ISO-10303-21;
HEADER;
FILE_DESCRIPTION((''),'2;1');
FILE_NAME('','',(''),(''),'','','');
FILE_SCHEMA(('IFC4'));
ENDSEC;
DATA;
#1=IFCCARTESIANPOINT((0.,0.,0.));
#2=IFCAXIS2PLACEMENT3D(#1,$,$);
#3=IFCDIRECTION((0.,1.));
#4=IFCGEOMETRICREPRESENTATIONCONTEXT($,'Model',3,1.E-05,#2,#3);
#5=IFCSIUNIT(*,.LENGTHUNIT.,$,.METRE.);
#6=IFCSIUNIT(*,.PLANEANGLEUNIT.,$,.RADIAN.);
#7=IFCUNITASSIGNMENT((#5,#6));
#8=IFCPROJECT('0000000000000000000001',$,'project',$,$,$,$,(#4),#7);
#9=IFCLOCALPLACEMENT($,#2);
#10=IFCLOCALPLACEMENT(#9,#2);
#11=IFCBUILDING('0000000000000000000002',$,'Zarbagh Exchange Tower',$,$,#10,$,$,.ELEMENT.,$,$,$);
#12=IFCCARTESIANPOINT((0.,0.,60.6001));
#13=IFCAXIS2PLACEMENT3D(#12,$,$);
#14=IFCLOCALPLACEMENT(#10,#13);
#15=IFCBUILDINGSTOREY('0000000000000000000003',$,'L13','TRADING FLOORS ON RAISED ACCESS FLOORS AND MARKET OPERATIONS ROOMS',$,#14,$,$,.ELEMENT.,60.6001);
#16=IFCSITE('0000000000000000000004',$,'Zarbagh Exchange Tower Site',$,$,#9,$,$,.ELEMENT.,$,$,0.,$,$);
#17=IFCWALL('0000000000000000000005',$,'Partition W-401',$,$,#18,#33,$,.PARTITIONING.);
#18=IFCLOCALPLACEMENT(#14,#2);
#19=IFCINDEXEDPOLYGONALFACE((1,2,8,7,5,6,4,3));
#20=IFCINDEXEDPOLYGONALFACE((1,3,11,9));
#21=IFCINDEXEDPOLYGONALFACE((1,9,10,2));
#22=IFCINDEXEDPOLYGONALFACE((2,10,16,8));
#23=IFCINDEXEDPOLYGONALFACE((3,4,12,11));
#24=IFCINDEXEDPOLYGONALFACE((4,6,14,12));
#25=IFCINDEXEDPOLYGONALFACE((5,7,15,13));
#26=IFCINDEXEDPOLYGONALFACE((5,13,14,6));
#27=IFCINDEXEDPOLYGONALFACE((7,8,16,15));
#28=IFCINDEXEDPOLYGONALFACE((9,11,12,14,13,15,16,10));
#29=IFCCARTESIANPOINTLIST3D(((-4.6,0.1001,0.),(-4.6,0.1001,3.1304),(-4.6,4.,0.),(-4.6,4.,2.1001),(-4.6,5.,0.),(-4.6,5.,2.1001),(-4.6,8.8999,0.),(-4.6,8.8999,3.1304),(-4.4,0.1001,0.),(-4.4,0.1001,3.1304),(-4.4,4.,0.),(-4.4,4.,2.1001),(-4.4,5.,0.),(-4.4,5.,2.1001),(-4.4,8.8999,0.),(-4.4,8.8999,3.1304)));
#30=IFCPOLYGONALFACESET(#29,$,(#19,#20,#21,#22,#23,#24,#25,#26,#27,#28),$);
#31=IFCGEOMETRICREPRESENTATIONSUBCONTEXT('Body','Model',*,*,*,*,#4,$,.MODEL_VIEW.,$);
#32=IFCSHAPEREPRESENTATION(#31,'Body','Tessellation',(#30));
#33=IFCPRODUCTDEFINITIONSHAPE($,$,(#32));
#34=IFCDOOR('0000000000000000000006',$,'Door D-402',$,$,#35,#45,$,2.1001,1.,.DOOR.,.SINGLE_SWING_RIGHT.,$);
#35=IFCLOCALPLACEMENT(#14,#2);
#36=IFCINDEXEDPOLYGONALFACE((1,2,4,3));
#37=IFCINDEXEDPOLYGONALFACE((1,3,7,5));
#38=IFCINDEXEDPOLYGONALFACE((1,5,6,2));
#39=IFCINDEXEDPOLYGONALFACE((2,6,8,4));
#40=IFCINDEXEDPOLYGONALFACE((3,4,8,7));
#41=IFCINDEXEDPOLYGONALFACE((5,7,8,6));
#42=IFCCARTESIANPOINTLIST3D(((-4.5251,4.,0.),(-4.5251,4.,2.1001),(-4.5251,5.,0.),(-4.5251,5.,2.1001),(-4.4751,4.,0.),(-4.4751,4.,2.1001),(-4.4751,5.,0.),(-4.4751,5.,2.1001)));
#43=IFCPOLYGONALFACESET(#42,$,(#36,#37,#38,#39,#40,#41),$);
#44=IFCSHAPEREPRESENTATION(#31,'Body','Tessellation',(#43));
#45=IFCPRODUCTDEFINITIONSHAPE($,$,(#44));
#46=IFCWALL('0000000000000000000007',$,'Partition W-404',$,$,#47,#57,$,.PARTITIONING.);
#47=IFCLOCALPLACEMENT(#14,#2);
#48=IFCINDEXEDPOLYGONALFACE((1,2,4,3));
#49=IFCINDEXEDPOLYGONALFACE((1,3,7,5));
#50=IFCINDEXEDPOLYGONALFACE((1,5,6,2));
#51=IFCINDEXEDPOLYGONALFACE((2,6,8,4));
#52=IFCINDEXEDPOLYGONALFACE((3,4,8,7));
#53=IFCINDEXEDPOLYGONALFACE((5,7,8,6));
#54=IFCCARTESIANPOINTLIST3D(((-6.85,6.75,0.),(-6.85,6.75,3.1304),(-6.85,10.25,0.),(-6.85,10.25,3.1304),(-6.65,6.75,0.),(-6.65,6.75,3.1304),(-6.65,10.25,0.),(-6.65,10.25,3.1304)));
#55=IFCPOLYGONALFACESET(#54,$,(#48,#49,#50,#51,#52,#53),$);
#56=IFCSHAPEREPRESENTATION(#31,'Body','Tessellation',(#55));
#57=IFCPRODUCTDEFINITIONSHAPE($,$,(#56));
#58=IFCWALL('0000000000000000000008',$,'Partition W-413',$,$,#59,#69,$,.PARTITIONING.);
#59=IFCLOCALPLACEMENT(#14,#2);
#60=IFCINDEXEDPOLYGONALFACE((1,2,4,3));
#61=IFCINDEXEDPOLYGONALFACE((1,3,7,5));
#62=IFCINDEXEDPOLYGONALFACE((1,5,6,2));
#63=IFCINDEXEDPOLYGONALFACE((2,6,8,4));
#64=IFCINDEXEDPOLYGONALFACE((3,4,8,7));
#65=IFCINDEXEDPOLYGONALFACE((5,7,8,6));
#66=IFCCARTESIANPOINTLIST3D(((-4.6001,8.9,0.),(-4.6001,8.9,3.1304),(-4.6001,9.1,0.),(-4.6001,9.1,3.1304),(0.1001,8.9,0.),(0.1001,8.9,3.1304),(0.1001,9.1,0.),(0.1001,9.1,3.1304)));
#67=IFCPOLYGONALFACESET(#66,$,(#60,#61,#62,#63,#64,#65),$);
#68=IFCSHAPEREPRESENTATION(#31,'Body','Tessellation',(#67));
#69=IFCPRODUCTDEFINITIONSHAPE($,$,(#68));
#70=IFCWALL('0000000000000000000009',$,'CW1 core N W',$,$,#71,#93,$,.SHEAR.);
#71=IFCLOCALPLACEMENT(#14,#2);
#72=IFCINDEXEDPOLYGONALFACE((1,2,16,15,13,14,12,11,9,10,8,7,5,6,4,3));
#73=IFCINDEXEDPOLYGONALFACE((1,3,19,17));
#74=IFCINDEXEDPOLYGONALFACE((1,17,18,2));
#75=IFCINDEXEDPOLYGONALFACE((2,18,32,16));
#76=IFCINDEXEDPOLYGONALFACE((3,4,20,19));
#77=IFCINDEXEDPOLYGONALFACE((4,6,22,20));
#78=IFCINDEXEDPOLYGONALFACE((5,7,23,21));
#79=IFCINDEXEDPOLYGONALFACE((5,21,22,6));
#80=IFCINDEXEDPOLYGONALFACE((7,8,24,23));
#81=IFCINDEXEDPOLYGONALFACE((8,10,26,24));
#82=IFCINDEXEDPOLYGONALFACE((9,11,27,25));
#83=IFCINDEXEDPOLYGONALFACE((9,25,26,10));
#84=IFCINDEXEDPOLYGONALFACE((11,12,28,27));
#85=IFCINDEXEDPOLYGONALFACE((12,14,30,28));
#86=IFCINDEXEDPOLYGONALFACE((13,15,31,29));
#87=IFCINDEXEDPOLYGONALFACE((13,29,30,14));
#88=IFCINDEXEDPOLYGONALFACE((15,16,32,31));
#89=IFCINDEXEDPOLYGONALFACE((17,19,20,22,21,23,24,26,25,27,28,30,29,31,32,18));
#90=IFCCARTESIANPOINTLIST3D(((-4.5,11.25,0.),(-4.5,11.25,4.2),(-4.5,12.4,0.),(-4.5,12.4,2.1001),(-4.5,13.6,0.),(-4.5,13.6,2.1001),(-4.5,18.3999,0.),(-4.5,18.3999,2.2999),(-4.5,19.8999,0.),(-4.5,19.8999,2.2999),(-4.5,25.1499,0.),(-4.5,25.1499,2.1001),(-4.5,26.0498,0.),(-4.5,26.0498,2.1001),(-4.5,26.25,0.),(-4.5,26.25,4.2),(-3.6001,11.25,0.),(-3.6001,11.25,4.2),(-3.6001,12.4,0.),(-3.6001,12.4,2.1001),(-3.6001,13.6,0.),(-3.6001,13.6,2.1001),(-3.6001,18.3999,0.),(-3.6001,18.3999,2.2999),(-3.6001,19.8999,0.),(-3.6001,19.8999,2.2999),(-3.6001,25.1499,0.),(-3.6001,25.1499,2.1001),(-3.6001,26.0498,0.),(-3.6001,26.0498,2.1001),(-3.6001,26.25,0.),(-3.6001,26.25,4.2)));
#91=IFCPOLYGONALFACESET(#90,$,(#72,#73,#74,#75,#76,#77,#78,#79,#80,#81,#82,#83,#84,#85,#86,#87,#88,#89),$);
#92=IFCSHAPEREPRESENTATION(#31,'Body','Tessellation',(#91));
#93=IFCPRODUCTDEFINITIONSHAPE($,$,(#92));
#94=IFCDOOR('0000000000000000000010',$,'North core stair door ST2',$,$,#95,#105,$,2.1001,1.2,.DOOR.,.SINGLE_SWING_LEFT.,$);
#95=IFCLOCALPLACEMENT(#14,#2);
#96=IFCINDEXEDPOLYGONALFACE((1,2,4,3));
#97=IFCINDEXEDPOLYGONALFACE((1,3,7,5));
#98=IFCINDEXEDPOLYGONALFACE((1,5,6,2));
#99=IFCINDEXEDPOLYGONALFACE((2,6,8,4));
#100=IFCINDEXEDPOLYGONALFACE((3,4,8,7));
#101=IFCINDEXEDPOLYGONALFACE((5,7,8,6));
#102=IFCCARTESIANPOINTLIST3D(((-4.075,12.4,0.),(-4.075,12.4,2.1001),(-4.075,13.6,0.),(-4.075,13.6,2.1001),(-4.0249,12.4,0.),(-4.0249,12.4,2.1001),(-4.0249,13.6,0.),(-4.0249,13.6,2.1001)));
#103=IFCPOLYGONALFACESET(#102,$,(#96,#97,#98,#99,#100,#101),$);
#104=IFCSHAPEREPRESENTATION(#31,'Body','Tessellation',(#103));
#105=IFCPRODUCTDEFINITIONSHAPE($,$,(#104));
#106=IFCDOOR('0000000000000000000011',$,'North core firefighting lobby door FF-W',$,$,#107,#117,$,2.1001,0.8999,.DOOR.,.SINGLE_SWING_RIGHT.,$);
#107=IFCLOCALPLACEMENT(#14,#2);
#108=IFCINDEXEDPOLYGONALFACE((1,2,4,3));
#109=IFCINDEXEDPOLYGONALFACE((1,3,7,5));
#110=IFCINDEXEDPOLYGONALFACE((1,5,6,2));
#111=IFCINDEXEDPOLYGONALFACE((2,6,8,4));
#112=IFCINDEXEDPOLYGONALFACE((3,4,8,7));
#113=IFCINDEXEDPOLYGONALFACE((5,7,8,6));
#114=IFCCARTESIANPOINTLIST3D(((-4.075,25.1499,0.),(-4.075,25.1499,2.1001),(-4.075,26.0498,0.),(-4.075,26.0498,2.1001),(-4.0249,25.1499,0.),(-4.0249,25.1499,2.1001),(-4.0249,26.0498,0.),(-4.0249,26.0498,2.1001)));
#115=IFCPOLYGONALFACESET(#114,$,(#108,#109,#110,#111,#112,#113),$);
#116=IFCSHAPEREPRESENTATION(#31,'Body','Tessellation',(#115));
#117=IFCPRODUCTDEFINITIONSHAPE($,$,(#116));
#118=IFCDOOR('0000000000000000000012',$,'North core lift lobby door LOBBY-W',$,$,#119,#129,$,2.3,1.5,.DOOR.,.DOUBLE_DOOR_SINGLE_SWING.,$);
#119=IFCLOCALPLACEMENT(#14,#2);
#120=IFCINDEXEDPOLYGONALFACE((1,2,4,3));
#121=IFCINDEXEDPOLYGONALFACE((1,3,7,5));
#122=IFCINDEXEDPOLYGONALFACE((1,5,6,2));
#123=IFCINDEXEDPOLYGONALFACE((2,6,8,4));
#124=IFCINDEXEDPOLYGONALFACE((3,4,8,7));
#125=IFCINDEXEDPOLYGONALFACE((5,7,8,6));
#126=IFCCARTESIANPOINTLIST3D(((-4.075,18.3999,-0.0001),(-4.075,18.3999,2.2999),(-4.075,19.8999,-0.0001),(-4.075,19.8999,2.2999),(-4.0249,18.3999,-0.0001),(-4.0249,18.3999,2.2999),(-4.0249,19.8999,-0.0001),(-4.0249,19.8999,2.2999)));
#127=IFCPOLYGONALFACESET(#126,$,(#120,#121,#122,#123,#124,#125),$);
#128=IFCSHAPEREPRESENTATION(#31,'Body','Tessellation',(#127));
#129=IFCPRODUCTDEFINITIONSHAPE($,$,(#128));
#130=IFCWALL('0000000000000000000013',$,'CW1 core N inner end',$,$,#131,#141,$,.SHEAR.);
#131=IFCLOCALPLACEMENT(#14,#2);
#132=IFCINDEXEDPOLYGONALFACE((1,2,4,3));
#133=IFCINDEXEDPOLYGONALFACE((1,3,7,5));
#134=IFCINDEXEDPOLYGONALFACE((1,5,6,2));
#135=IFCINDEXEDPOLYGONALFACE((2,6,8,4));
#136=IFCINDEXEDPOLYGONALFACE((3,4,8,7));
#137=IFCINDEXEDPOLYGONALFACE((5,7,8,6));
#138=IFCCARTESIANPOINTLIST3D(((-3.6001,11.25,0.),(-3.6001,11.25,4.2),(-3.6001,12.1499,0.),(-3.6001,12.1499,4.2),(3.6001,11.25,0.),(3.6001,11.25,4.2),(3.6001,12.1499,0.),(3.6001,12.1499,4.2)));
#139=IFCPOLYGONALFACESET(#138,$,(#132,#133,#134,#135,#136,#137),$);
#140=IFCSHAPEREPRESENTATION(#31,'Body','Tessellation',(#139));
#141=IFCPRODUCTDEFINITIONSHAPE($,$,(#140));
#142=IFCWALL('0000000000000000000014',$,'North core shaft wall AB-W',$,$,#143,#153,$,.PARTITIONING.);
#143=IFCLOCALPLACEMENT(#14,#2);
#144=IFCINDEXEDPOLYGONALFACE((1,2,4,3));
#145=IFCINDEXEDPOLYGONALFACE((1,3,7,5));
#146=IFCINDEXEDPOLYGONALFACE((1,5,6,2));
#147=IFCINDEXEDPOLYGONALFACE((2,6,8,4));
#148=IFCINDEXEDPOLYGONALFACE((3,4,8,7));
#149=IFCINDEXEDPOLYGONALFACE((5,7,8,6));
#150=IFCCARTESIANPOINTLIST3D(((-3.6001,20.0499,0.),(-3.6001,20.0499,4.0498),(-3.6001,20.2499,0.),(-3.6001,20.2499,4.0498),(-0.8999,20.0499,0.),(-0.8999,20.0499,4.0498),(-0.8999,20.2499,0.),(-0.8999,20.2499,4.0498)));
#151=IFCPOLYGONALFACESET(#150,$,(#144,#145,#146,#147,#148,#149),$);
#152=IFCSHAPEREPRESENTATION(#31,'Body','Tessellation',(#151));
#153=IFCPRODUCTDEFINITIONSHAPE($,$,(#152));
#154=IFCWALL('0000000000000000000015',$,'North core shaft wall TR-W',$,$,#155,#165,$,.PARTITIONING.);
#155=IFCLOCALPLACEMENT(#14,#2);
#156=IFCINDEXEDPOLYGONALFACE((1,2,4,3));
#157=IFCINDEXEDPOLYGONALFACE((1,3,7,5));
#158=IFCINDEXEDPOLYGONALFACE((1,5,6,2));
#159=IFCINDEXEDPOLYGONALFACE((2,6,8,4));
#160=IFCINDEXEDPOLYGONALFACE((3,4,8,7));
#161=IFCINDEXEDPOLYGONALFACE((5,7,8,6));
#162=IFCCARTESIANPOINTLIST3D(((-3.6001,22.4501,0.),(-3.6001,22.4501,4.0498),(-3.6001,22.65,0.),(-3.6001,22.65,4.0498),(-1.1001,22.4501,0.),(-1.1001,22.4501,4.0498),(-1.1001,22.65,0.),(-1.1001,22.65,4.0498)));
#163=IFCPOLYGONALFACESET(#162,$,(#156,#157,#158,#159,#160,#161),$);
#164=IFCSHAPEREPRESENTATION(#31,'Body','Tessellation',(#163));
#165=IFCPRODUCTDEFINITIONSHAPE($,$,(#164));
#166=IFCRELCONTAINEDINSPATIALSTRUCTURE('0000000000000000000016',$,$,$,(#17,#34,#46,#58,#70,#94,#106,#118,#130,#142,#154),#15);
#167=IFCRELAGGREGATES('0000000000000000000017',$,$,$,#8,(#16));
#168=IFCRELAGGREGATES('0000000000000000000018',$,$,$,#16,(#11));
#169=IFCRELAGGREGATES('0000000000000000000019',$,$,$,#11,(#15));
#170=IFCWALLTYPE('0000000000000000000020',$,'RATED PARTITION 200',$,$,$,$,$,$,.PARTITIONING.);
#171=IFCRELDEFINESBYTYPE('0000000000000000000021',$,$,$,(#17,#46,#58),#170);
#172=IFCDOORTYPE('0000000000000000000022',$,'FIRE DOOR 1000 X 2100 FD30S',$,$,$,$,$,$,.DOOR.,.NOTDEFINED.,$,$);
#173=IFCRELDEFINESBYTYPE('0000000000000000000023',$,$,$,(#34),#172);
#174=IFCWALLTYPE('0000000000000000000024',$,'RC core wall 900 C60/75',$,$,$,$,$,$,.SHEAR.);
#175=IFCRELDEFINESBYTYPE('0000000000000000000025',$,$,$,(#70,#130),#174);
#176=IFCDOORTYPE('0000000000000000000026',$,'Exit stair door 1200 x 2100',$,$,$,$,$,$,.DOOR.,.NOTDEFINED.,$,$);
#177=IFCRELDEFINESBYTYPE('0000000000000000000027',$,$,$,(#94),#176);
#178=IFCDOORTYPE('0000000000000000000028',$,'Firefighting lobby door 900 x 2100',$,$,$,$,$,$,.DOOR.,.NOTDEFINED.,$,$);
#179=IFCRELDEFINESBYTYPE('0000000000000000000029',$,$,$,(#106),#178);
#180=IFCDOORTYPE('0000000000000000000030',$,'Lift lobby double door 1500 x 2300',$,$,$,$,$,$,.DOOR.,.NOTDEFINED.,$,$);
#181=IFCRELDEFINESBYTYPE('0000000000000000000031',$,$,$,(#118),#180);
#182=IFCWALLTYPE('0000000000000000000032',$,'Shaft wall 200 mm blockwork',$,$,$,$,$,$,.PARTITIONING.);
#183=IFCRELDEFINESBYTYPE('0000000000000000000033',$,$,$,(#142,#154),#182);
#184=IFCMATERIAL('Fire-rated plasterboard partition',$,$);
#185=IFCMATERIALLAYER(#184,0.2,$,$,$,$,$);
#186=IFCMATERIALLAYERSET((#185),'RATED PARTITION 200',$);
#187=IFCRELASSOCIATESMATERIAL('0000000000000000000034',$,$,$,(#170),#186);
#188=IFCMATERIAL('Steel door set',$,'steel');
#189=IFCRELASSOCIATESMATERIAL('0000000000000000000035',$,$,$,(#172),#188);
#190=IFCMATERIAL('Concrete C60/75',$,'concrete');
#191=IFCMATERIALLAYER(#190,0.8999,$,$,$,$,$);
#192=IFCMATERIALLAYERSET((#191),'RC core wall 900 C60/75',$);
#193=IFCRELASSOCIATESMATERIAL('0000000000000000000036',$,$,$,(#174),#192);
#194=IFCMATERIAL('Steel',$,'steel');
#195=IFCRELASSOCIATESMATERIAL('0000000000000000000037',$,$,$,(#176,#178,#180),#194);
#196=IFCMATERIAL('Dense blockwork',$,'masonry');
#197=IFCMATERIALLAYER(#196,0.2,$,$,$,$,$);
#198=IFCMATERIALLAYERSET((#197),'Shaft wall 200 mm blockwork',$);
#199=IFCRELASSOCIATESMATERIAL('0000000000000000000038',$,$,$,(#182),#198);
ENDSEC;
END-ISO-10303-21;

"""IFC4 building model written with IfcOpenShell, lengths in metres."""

from ifc_helpers import new_model, si_unit, direction, frame, frame_2d, origin, place, context, subcontext, project, spatial, rectangle, extrude, material, layer, layer_set, type_object, element, fill, save


model = new_model("IFC4")

# Units and contexts
model_context = context("Model", 3, precision=1e-05, world=origin(), true_north=direction((0.0, 1.0)))
body_context = subcontext(model_context, "Body", "Model", "MODEL_VIEW")
ifc_project = project(units=[si_unit("LENGTHUNIT", "METRE"), si_unit("PLANEANGLEUNIT", "RADIAN")], contexts=[model_context])

# Site, building, storey
site_placement = place(None, origin())
site = spatial("IfcSite", under=ifc_project, at=site_placement, Name="Zarbagh Exchange Tower Site", CompositionType="ELEMENT", RefElevation=0.0)
building_placement = place(site_placement, origin())
building = spatial("IfcBuilding", under=site, at=building_placement, Name="Zarbagh Exchange Tower", CompositionType="ELEMENT")
storey_placement = place(building_placement, frame((0.0, 0.0, 60.6001)))
storey = spatial("IfcBuildingStorey", under=building, at=storey_placement, Name="L13", Description="TRADING FLOORS ON RAISED ACCESS FLOORS AND MARKET OPERATIONS ROOMS", CompositionType="ELEMENT", Elevation=60.6001)

# Shared definitions
ifc_material_1 = material(Name="Concrete C60/75", Category="concrete")

# Wall, opening, door
ifc_material_2 = material(Name="Fire-rated plasterboard partition")
ifc_layer_1 = layer(ifc_material_2, 0.2)
ifc_layer_set_1 = layer_set([ifc_layer_1], Name="RATED PARTITION 200")
wall_type_1 = type_object("IfcWallType", Name="RATED PARTITION 200", PredefinedType="PARTITIONING", material=ifc_layer_set_1)
wall_1_placement = place(storey_placement, frame((-4.5, 8.8999, 0.0), z_axis=(0.0, 0.0, 1.0), x_axis=(0.0, -1.0, 0.0)))
wall_1 = element("IfcWall", 1, at=wall_1_placement, inside=storey, type_object=wall_type_1, Name="Partition W-401", PredefinedType="PARTITIONING", context=body_context, shape_type="SweptSolid", body=[
    extrude(rectangle(XDim=8.7998, YDim=0.2, at=frame_2d((4.3999, 0.0))), origin(), (0.0, 0.0, 1.0), 3.1304),
])
opening_1_placement = place(wall_1_placement, frame((3.8999, 0.0, 0.0)))
opening_1 = element("IfcOpeningElement", 2, at=opening_1_placement, cuts=wall_1, PredefinedType="OPENING", context=body_context, shape_type="SweptSolid", body=[
    extrude(rectangle(XDim=1.0, YDim=2.1001, at=frame_2d((0.5, 1.05))), frame((0.0, 0.1099, 0.0), z_axis=(0.0, -1.0, 0.0), x_axis=(1.0, 0.0, 0.0)), (0.0, 0.0, 1.0), 0.22),
])
ifc_material_3 = material(Name="Steel door set", Category="steel")
door_type_1 = type_object("IfcDoorType", Name="FIRE DOOR 1000 X 2100 FD30S", OperationType="NOTDEFINED", PredefinedType="DOOR", material=ifc_material_3)
door_1_placement = place(opening_1_placement, origin())
door_1 = element("IfcDoor", 3, at=door_1_placement, inside=storey, type_object=door_type_1, Name="Door D-402", OperationType="SINGLE_SWING_RIGHT", OverallHeight=2.1001, OverallWidth=1.0, PredefinedType="DOOR", context=body_context, shape_type="SweptSolid", body=[
    extrude(rectangle(XDim=1.0, YDim=2.1001, at=frame_2d((0.5, 1.05))), frame((0.0, 0.0249, 0.0), z_axis=(0.0, -1.0, 0.0), x_axis=(1.0, 0.0, 0.0)), (0.0, 0.0, 1.0), 0.05),
])
fill(opening_1, door_1)

# Walls
wall_2_placement = place(storey_placement, frame((-6.75, 6.75, 0.0), z_axis=(0.0, 0.0, 1.0), x_axis=(0.0, 1.0, 0.0)))
element("IfcWall", 4, at=wall_2_placement, inside=storey, type_object=wall_type_1, Name="Partition W-404", PredefinedType="PARTITIONING", context=body_context, shape_type="SweptSolid", body=[
    extrude(rectangle(XDim=3.5, YDim=0.2, at=frame_2d((1.75, 0.0))), origin(), (0.0, 0.0, 1.0), 3.1304),
])
wall_3_placement = place(storey_placement, frame((-4.6001, 9.0, 0.0), z_axis=(0.0, 0.0, 1.0), x_axis=(1.0, 0.0, 0.0)))
element("IfcWall", 5, at=wall_3_placement, inside=storey, type_object=wall_type_1, Name="Partition W-413", PredefinedType="PARTITIONING", context=body_context, shape_type="SweptSolid", body=[
    extrude(rectangle(XDim=4.7002, YDim=0.2, at=frame_2d((2.3501, 0.0))), origin(), (0.0, 0.0, 1.0), 3.1304),
])

# Wall, openings, doors
ifc_layer_2 = layer(ifc_material_1, 0.8999)
ifc_layer_set_2 = layer_set([ifc_layer_2], Name="RC core wall 900 C60/75")
wall_type_2 = type_object("IfcWallType", Name="RC core wall 900 C60/75", PredefinedType="SHEAR", material=ifc_layer_set_2)
wall_4_placement = place(storey_placement, frame((-4.05, 11.25, 0.0), z_axis=(0.0, 0.0, 1.0), x_axis=(0.0, 1.0, 0.0)))
wall_4 = element("IfcWall", 6, at=wall_4_placement, inside=storey, type_object=wall_type_2, Name="CW1 core N W", PredefinedType="SHEAR", context=body_context, shape_type="SweptSolid", body=[
    extrude(rectangle(XDim=15.0, YDim=0.8999, at=frame_2d((7.5, 0.0))), origin(), (0.0, 0.0, 1.0), 4.2),
])
opening_2_placement = place(wall_4_placement, frame((7.1499, 0.0, 0.0)))
opening_2 = element("IfcOpeningElement", 7, at=opening_2_placement, cuts=wall_4, PredefinedType="OPENING", context=body_context, shape_type="SweptSolid", body=[
    extrude(rectangle(XDim=1.5, YDim=2.3, at=frame_2d((0.75, 1.1499))), frame((0.0, 0.46, 0.0), z_axis=(0.0, -1.0, 0.0), x_axis=(1.0, 0.0, 0.0)), (0.0, 0.0, 1.0), 0.9199),
])
opening_3_placement = place(wall_4_placement, frame((13.8999, 0.0, 0.0)))
opening_3 = element("IfcOpeningElement", 8, at=opening_3_placement, cuts=wall_4, PredefinedType="OPENING", context=body_context, shape_type="SweptSolid", body=[
    extrude(rectangle(XDim=0.8999, YDim=2.1001, at=frame_2d((0.45, 1.05))), frame((0.0, 0.46, 0.0), z_axis=(0.0, -1.0, 0.0), x_axis=(1.0, 0.0, 0.0)), (0.0, 0.0, 1.0), 0.9199),
])
opening_4_placement = place(wall_4_placement, frame((1.1499, 0.0, 0.0)))
opening_4 = element("IfcOpeningElement", 9, at=opening_4_placement, cuts=wall_4, PredefinedType="OPENING", context=body_context, shape_type="SweptSolid", body=[
    extrude(rectangle(XDim=1.2, YDim=2.1001, at=frame_2d((0.6001, 1.05))), frame((0.0, 0.46, 0.0), z_axis=(0.0, -1.0, 0.0), x_axis=(1.0, 0.0, 0.0)), (0.0, 0.0, 1.0), 0.9199),
])
ifc_material_4 = material(Name="Steel", Category="steel")
door_type_2 = type_object("IfcDoorType", Name="Exit stair door 1200 x 2100", OperationType="NOTDEFINED", PredefinedType="DOOR", material=ifc_material_4)
door_2_placement = place(opening_4_placement, origin())
door_2 = element("IfcDoor", 10, at=door_2_placement, inside=storey, type_object=door_type_2, Name="North core stair door ST2", OperationType="SINGLE_SWING_LEFT", OverallHeight=2.1001, OverallWidth=1.2, PredefinedType="DOOR", context=body_context, shape_type="SweptSolid", body=[
    extrude(rectangle(XDim=1.2, YDim=2.1001, at=frame_2d((0.6001, 1.05))), frame((0.0, 0.0249, 0.0), z_axis=(0.0, -1.0, 0.0), x_axis=(1.0, 0.0, 0.0)), (0.0, 0.0, 1.0), 0.05),
])
fill(opening_4, door_2)
door_type_3 = type_object("IfcDoorType", Name="Firefighting lobby door 900 x 2100", OperationType="NOTDEFINED", PredefinedType="DOOR", material=ifc_material_4)
door_3_placement = place(opening_3_placement, origin())
door_3 = element("IfcDoor", 11, at=door_3_placement, inside=storey, type_object=door_type_3, Name="North core firefighting lobby door FF-W", OperationType="SINGLE_SWING_RIGHT", OverallHeight=2.1001, OverallWidth=0.8999, PredefinedType="DOOR", context=body_context, shape_type="SweptSolid", body=[
    extrude(rectangle(XDim=0.8999, YDim=2.1001, at=frame_2d((0.45, 1.05))), frame((0.0, 0.0249, 0.0), z_axis=(0.0, -1.0, 0.0), x_axis=(1.0, 0.0, 0.0)), (0.0, 0.0, 1.0), 0.05),
])
fill(opening_3, door_3)
door_type_4 = type_object("IfcDoorType", Name="Lift lobby double door 1500 x 2300", OperationType="NOTDEFINED", PredefinedType="DOOR", material=ifc_material_4)
door_4_placement = place(opening_2_placement, origin())
door_4 = element("IfcDoor", 12, at=door_4_placement, inside=storey, type_object=door_type_4, Name="North core lift lobby door LOBBY-W", OperationType="DOUBLE_DOOR_SINGLE_SWING", OverallHeight=2.3, OverallWidth=1.5, PredefinedType="DOOR", context=body_context, shape_type="SweptSolid", body=[
    extrude(rectangle(XDim=1.5, YDim=2.3, at=frame_2d((0.75, 1.1499))), frame((0.0, 0.0249, 0.0), z_axis=(0.0, -1.0, 0.0), x_axis=(1.0, 0.0, 0.0)), (0.0, 0.0, 1.0), 0.05),
])
fill(opening_2, door_4)

# Walls
wall_5_placement = place(storey_placement, frame((-3.6001, 11.7, 0.0), z_axis=(0.0, 0.0, 1.0), x_axis=(1.0, 0.0, 0.0)))
element("IfcWall", 13, at=wall_5_placement, inside=storey, type_object=wall_type_2, Name="CW1 core N inner end", PredefinedType="SHEAR", context=body_context, shape_type="SweptSolid", body=[
    extrude(rectangle(XDim=7.2002, YDim=0.8999, at=frame_2d((3.6001, 0.0))), origin(), (0.0, 0.0, 1.0), 4.2),
])
ifc_material_5 = material(Name="Dense blockwork", Category="masonry")
ifc_layer_3 = layer(ifc_material_5, 0.2)
ifc_layer_set_3 = layer_set([ifc_layer_3], Name="Shaft wall 200 mm blockwork")
wall_type_3 = type_object("IfcWallType", Name="Shaft wall 200 mm blockwork", PredefinedType="PARTITIONING", material=ifc_layer_set_3)
wall_6_placement = place(storey_placement, frame((-3.6001, 20.1499, 0.0), z_axis=(0.0, 0.0, 1.0), x_axis=(1.0, 0.0, 0.0)))
element("IfcWall", 14, at=wall_6_placement, inside=storey, type_object=wall_type_3, Name="North core shaft wall AB-W", PredefinedType="PARTITIONING", context=body_context, shape_type="SweptSolid", body=[
    extrude(rectangle(XDim=2.7002, YDim=0.2, at=frame_2d((1.3501, 0.0))), origin(), (0.0, 0.0, 1.0), 4.0498),
])
wall_7_placement = place(storey_placement, frame((-3.6001, 22.55, 0.0), z_axis=(0.0, 0.0, 1.0), x_axis=(1.0, 0.0, 0.0)))
element("IfcWall", 15, at=wall_7_placement, inside=storey, type_object=wall_type_3, Name="North core shaft wall TR-W", PredefinedType="PARTITIONING", context=body_context, shape_type="SweptSolid", body=[
    extrude(rectangle(XDim=2.5, YDim=0.2, at=frame_2d((1.25, 0.0))), origin(), (0.0, 0.0, 1.0), 4.0498),
])

save(model, "model.ifc")
